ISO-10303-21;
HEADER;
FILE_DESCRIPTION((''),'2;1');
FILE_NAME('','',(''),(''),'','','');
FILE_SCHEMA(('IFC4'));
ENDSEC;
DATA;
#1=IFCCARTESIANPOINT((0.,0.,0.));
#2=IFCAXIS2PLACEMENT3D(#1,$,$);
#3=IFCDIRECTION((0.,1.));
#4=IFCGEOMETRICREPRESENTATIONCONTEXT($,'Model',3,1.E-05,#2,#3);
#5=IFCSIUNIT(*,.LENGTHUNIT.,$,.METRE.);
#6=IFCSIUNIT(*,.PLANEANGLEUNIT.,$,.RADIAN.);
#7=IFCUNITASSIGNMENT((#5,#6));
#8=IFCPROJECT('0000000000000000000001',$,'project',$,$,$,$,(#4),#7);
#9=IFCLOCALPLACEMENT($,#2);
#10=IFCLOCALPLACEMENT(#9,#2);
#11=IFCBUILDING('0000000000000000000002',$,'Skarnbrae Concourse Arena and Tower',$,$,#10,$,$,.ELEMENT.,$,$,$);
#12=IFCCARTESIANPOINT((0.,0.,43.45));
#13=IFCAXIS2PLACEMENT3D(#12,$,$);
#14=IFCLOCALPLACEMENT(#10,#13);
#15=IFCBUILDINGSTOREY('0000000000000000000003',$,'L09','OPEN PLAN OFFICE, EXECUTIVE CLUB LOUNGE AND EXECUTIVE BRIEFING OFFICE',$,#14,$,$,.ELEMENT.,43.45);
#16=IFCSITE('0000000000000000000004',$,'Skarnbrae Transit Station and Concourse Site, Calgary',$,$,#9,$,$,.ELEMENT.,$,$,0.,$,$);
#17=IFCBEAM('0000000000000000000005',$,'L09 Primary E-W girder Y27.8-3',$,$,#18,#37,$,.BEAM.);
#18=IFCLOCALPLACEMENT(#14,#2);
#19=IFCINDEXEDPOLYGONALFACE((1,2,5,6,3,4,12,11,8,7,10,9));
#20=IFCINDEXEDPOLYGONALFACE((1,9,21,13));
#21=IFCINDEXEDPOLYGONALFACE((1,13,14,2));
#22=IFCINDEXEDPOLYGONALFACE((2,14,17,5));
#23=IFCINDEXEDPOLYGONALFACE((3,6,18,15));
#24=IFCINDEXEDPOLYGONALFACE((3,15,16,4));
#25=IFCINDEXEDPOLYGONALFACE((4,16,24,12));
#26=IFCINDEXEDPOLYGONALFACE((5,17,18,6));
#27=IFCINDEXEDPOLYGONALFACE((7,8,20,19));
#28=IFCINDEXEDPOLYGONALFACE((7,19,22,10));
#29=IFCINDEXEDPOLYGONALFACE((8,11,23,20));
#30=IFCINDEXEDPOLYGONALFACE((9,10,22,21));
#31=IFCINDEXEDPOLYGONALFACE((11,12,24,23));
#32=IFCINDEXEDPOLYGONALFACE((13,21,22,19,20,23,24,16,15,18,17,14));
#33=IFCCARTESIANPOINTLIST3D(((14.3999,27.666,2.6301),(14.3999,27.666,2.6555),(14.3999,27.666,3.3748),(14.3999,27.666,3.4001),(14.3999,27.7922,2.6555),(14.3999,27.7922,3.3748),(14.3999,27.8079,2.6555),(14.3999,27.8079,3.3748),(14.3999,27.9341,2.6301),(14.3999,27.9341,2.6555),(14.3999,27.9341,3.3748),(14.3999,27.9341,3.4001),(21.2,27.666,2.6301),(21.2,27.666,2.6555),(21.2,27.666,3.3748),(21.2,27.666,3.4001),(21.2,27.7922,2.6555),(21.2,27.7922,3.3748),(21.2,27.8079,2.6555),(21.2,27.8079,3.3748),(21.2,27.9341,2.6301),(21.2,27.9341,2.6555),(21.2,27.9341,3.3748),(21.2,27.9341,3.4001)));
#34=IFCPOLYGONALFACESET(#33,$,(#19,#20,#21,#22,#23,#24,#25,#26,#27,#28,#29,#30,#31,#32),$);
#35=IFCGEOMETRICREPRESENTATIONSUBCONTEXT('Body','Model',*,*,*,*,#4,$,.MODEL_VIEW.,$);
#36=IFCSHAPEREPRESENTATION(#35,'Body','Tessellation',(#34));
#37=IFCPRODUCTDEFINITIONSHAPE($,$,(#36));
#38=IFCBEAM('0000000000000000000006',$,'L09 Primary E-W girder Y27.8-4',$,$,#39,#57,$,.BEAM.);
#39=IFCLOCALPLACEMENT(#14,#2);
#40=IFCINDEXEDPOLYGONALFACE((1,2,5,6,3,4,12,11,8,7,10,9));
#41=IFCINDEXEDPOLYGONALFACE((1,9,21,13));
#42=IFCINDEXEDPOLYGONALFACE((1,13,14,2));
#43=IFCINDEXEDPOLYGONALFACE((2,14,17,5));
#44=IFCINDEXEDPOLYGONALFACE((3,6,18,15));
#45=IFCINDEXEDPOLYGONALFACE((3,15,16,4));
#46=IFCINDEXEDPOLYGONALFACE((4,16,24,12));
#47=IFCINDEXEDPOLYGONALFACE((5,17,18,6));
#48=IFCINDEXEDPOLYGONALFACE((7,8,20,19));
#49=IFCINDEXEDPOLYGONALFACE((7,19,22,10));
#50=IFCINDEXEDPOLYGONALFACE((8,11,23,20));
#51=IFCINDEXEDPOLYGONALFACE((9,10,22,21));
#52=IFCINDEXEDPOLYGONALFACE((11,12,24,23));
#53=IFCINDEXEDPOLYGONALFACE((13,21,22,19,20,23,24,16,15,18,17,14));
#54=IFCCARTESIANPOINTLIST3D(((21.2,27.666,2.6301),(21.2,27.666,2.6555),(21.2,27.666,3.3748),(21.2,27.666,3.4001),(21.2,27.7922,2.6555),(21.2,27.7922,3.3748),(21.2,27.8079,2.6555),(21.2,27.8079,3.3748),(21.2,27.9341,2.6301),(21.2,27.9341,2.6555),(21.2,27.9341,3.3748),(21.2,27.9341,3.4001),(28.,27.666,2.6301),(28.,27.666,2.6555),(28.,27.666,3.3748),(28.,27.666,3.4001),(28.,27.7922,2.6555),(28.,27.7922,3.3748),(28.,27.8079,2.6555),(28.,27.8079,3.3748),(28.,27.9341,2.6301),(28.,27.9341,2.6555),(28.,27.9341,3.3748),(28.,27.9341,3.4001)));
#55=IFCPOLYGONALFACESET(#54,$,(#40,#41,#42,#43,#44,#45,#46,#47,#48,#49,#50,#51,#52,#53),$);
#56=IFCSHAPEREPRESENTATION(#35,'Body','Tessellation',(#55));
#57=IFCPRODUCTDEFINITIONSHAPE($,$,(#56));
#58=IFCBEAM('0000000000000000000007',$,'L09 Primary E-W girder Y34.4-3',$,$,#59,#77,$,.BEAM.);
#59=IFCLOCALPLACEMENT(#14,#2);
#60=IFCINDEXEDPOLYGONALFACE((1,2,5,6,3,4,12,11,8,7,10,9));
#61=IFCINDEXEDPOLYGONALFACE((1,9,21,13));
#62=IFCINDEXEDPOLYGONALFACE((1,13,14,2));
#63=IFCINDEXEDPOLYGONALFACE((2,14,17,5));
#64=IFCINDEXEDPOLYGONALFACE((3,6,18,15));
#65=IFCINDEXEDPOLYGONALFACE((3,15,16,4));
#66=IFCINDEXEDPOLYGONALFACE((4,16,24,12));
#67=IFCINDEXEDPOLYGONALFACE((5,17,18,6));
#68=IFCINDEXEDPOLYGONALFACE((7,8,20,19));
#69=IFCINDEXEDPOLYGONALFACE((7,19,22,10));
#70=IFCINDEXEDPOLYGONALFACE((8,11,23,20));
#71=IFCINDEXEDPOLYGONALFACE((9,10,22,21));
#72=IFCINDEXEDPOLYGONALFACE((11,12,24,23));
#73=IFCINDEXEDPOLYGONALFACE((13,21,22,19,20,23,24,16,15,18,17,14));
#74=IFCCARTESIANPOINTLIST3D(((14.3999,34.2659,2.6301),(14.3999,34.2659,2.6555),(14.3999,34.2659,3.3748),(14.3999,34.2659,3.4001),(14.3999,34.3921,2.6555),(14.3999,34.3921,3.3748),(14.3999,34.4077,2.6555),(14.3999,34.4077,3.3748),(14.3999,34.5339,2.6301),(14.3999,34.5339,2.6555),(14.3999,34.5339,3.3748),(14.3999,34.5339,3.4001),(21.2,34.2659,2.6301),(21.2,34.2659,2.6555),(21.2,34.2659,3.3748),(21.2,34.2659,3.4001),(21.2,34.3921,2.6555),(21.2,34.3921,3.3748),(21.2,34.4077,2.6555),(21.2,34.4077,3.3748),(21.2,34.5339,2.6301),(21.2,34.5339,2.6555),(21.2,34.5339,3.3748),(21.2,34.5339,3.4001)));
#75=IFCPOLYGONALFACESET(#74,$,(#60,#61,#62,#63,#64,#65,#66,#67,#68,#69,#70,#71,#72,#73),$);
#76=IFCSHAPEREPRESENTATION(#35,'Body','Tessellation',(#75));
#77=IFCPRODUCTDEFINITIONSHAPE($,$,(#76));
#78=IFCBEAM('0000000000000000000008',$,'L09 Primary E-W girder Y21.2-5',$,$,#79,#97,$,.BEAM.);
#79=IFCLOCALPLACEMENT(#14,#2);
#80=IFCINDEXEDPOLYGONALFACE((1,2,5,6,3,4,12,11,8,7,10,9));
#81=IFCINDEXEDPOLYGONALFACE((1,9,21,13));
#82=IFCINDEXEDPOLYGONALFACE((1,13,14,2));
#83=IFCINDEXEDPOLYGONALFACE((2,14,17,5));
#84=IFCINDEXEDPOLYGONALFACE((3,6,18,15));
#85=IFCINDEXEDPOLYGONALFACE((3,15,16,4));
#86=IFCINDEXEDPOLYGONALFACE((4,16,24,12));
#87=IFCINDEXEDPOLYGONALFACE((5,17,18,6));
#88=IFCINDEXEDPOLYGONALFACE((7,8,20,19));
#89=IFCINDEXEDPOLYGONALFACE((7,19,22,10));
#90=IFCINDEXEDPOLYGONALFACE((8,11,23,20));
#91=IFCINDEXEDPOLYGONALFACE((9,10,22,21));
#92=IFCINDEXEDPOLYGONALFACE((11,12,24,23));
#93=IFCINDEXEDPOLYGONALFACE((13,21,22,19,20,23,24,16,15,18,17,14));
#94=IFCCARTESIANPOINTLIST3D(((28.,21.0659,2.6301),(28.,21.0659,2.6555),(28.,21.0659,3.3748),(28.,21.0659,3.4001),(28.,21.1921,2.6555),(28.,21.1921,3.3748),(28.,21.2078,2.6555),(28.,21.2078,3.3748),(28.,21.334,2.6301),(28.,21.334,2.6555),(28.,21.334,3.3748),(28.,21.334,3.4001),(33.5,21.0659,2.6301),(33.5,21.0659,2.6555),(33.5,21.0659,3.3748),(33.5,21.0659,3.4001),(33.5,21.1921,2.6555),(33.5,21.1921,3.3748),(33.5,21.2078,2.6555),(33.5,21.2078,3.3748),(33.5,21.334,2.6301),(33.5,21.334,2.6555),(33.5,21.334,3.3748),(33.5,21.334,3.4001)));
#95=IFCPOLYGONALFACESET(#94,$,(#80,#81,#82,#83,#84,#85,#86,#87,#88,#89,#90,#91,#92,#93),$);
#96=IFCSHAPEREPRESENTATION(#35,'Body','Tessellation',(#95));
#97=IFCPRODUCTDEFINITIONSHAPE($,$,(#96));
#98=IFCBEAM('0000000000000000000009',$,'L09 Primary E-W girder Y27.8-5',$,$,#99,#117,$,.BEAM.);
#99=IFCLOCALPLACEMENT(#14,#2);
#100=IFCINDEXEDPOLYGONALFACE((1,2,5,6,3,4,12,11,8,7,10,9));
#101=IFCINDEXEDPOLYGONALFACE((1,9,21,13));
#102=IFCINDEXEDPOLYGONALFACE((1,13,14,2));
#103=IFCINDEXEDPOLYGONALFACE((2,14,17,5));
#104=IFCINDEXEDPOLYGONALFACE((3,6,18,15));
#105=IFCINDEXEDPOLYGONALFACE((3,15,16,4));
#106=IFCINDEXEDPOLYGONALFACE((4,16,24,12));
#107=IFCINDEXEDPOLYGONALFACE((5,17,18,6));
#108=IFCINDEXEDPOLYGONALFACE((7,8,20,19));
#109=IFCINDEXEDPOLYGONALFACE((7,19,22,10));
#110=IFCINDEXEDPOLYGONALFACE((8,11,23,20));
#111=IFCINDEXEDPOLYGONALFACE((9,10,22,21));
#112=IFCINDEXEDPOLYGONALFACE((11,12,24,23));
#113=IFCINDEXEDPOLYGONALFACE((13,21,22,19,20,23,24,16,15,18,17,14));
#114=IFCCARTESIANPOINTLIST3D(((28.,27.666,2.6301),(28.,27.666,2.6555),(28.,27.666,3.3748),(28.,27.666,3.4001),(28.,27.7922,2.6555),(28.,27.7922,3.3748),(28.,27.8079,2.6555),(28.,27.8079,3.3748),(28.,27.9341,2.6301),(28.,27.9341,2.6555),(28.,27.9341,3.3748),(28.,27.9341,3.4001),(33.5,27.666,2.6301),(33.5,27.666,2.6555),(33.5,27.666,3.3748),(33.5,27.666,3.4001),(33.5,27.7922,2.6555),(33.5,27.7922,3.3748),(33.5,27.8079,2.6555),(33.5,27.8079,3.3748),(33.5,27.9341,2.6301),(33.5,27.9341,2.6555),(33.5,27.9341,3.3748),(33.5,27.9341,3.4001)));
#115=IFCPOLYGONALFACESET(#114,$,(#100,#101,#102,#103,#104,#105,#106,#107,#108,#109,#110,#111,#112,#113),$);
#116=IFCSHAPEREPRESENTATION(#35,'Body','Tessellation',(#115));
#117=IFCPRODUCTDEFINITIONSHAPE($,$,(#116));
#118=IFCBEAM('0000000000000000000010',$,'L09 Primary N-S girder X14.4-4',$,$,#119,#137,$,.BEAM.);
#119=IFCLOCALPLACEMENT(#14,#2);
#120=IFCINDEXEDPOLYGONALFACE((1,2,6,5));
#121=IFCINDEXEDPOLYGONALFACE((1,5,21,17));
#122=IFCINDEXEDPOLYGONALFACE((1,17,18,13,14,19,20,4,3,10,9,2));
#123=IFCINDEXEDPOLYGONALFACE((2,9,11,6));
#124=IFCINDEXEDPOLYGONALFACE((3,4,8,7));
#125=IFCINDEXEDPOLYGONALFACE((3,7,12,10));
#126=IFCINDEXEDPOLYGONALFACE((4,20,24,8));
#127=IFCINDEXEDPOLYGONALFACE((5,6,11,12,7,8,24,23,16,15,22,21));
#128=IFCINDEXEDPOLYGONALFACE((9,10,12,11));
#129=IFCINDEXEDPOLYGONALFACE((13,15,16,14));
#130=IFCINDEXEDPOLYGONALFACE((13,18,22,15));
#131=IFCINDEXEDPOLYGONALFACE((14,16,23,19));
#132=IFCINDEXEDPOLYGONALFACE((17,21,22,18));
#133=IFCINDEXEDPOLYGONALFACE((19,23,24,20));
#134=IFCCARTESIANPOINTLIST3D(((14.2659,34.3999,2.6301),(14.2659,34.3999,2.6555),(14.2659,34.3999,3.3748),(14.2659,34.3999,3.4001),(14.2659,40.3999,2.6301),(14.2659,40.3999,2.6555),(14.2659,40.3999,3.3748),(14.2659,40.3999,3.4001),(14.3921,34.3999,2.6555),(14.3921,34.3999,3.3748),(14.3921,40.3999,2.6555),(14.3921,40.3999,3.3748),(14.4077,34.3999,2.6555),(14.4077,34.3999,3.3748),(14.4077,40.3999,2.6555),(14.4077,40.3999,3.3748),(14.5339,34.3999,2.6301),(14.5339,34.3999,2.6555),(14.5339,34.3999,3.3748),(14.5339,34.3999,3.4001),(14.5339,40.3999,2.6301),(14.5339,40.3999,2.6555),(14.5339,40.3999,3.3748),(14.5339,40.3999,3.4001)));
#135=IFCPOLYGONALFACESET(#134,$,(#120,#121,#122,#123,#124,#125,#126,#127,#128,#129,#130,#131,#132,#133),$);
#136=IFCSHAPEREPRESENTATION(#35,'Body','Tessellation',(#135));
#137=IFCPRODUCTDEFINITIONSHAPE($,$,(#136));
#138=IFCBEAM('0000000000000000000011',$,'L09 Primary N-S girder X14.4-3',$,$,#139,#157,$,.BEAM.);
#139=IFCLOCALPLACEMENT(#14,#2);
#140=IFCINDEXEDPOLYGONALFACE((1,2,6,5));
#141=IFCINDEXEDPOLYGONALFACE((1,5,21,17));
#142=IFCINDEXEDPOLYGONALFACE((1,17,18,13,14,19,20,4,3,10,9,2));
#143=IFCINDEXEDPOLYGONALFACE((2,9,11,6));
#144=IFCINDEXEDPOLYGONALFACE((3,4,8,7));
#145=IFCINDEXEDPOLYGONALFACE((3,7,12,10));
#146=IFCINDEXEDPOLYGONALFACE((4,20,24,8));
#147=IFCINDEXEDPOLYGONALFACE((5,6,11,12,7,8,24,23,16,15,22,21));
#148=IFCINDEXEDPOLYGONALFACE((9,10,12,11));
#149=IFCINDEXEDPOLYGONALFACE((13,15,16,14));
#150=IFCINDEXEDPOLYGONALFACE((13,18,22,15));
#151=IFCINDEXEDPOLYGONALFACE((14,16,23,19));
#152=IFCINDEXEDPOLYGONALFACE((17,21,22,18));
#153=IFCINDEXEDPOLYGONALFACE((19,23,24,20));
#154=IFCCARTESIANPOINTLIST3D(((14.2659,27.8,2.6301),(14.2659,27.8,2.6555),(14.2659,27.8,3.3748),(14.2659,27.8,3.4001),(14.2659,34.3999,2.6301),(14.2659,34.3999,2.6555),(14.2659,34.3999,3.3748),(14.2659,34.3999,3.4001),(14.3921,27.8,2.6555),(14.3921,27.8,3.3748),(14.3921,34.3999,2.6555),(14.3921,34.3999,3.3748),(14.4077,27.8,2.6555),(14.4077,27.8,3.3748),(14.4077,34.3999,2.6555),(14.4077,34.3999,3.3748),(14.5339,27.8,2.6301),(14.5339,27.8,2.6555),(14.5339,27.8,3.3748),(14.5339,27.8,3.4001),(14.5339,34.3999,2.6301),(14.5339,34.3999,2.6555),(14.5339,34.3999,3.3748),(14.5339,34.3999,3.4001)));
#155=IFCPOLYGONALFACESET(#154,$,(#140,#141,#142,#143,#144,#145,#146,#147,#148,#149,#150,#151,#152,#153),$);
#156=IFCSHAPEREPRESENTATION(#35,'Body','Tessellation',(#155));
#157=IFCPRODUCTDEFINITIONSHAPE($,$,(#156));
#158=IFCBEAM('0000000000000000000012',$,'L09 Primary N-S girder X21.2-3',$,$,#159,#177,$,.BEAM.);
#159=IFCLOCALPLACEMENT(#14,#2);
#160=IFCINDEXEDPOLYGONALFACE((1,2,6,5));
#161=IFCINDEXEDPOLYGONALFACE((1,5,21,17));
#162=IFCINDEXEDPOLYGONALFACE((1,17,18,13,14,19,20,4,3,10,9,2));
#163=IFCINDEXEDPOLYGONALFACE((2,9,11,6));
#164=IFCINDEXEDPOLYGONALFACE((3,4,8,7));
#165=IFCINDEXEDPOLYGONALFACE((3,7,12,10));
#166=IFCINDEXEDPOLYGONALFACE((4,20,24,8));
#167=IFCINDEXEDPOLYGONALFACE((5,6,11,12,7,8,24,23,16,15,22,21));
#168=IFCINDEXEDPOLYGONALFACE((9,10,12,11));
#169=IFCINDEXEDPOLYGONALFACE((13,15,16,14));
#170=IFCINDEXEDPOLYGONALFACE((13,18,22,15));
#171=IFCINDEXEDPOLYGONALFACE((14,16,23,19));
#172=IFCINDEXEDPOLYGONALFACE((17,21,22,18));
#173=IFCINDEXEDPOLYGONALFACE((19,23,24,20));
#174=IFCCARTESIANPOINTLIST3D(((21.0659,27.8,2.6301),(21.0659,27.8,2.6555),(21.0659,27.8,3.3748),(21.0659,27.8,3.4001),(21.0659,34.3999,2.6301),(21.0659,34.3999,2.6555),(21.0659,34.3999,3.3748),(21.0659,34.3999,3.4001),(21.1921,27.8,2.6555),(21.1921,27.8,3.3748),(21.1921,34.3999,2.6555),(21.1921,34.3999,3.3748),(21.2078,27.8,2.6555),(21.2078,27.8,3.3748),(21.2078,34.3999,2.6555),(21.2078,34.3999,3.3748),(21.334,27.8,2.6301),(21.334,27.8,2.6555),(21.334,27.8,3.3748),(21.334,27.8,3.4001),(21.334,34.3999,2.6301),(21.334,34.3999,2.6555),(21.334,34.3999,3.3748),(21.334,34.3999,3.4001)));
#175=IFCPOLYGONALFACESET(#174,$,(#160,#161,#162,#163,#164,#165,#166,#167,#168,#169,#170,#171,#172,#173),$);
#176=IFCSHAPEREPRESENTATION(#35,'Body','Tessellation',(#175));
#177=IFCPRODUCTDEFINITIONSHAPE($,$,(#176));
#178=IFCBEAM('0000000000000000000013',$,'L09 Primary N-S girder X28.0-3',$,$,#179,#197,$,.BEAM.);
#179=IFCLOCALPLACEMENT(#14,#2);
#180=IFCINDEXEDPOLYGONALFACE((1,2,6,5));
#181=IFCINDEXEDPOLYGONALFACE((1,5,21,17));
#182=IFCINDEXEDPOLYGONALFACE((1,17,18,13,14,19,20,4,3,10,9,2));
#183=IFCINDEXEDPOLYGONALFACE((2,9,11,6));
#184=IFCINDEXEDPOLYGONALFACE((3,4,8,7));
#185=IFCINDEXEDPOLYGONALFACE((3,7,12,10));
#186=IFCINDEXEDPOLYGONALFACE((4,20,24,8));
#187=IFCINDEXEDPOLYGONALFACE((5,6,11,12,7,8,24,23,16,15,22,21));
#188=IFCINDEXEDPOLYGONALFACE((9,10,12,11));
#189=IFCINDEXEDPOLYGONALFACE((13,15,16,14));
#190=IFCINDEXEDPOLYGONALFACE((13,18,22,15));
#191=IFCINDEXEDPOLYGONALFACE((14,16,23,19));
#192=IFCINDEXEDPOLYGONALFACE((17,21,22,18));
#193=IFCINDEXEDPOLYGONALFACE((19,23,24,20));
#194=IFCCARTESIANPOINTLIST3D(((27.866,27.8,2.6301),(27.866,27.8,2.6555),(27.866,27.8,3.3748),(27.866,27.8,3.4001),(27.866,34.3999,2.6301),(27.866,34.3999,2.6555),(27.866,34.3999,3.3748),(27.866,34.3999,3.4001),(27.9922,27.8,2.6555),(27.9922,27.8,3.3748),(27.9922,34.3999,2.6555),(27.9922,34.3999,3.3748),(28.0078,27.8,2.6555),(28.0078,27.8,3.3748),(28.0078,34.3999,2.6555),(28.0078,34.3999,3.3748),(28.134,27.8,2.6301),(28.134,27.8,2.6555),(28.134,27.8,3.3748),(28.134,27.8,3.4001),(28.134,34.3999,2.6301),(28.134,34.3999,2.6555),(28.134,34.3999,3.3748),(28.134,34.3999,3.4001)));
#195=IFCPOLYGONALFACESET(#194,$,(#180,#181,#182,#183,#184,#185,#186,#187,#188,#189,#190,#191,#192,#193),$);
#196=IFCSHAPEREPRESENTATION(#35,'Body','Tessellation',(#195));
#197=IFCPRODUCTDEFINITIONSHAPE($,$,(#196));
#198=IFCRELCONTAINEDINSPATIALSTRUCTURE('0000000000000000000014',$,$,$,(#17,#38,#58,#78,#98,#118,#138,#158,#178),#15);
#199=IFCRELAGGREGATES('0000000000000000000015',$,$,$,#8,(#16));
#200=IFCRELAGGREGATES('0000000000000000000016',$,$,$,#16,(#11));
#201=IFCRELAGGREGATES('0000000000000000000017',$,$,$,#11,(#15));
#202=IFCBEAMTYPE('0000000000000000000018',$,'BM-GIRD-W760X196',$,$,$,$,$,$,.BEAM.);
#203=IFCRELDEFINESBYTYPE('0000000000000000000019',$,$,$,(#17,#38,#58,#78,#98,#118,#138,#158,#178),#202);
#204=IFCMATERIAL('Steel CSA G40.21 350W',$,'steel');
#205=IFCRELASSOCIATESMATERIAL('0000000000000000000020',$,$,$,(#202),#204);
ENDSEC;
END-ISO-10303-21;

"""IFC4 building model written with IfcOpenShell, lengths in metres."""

from ifc_helpers import new_model, si_unit, direction, frame, origin, origin_2d, place, context, subcontext, project, spatial, i_section, extrude, source, transform, mapped, material, material_profile, profile_set, type_object, element, save


model = new_model("IFC4")

# Units and contexts
model_context = context("Model", 3, precision=1e-05, world=origin(), true_north=direction((0.0, 1.0)))
body_context = subcontext(model_context, "Body", "Model", "MODEL_VIEW")
ifc_project = project(units=[si_unit("LENGTHUNIT", "METRE"), si_unit("PLANEANGLEUNIT", "RADIAN")], contexts=[model_context])

# Site, building, storey
site_placement = place(None, origin())
site = spatial("IfcSite", under=ifc_project, at=site_placement, Name="Skarnbrae Transit Station and Concourse Site, Calgary", CompositionType="ELEMENT", RefElevation=0.0)
building_placement = place(site_placement, origin())
building = spatial("IfcBuilding", under=site, at=building_placement, Name="Skarnbrae Concourse Arena and Tower", CompositionType="ELEMENT")
storey_placement = place(building_placement, frame((0.0, 0.0, 43.45)))
storey = spatial("IfcBuildingStorey", under=building, at=storey_placement, Name="L09", Description="OPEN PLAN OFFICE, EXECUTIVE CLUB LOUNGE AND EXECUTIVE BRIEFING OFFICE", CompositionType="ELEMENT", Elevation=43.45)

# Shared definitions
ifc_material = material(Name="Steel CSA G40.21 350W", Category="steel")

# Beams
ifc_material_profile_1 = material_profile(ifc_material, i_section(OverallWidth=0.2681, OverallDepth=0.77, WebThickness=0.0156, FlangeThickness=0.0254, at=origin_2d()), Name="W760X196")
ifc_profile_set_1 = profile_set([ifc_material_profile_1], Name="Steel CSA G40.21 350W")
beam_type_1 = type_object("IfcBeamType", Name="BM-GIRD-W760X196", PredefinedType="BEAM", material=ifc_profile_set_1)
shared_shape_1 = source(origin(), body_context, "Body", "SweptSolid", [
    extrude(i_section(OverallWidth=0.2681, OverallDepth=0.77, WebThickness=0.0156, FlangeThickness=0.0254, at=origin_2d()), origin(), (0.0, 0.0, 1.0), 6.8),
])
for number, where, z_axis, x_axis, name in (
    (1, (14.3999, 27.8, 3.0151), (1.0, 0.0, 0.0), (0.0, 1.0, 0.0), "L09 Primary E-W girder Y27.8-3"),
    (2, (21.2, 27.8, 3.0151), (1.0, 0.0, 0.0), (0.0, 1.0, 0.0), "L09 Primary E-W girder Y27.8-4"),
    (3, (14.3999, 34.3999, 3.0151), (1.0, 0.0, 0.0), (0.0, 1.0, 0.0), "L09 Primary E-W girder Y34.4-3"),
):
    element("IfcBeam", number, at=place(storey_placement, frame(where, z_axis=z_axis, x_axis=x_axis)), inside=storey, type_object=beam_type_1, Name=name, PredefinedType="BEAM", context=body_context, shape_type="MappedRepresentation", body=[
        mapped(shared_shape_1, transform((0.0, 0.0, 0.0))),
    ])
shared_shape_2 = source(origin(), body_context, "Body", "SweptSolid", [
    extrude(i_section(OverallWidth=0.2681, OverallDepth=0.77, WebThickness=0.0156, FlangeThickness=0.0254, at=origin_2d()), origin(), (0.0, 0.0, 1.0), 5.5),
])
for number, where, z_axis, x_axis, name in (
    (4, (28.0, 21.2, 3.0151), (1.0, 0.0, 0.0), (0.0, 1.0, 0.0), "L09 Primary E-W girder Y21.2-5"),
    (5, (28.0, 27.8, 3.0151), (1.0, 0.0, 0.0), (0.0, 1.0, 0.0), "L09 Primary E-W girder Y27.8-5"),
):
    element("IfcBeam", number, at=place(storey_placement, frame(where, z_axis=z_axis, x_axis=x_axis)), inside=storey, type_object=beam_type_1, Name=name, PredefinedType="BEAM", context=body_context, shape_type="MappedRepresentation", body=[
        mapped(shared_shape_2, transform((0.0, 0.0, 0.0))),
    ])
shared_shape_3 = source(origin(), body_context, "Body", "SweptSolid", [
    extrude(i_section(OverallWidth=0.2681, OverallDepth=0.77, WebThickness=0.0156, FlangeThickness=0.0254, at=origin_2d()), origin(), (0.0, 0.0, 1.0), 6.0),
])
beam_placement = place(storey_placement, frame((14.3999, 34.3999, 3.0151), z_axis=(0.0, 1.0, 0.0), x_axis=(-1.0, 0.0, 0.0)))
element("IfcBeam", 6, at=beam_placement, inside=storey, type_object=beam_type_1, Name="L09 Primary N-S girder X14.4-4", PredefinedType="BEAM", context=body_context, shape_type="MappedRepresentation", body=[
    mapped(shared_shape_3, transform((0.0, 0.0, 0.0))),
])
shared_shape_4 = source(origin(), body_context, "Body", "SweptSolid", [
    extrude(i_section(OverallWidth=0.2681, OverallDepth=0.77, WebThickness=0.0156, FlangeThickness=0.0254, at=origin_2d()), origin(), (0.0, 0.0, 1.0), 6.5999),
])
for number, where, z_axis, x_axis, name in (
    (7, (14.3999, 27.8, 3.0151), (0.0, 1.0, 0.0), (-1.0, 0.0, 0.0), "L09 Primary N-S girder X14.4-3"),
    (8, (21.2, 27.8, 3.0151), (0.0, 1.0, 0.0), (-1.0, 0.0, 0.0), "L09 Primary N-S girder X21.2-3"),
    (9, (28.0, 27.8, 3.0151), (0.0, 1.0, 0.0), (-1.0, 0.0, 0.0), "L09 Primary N-S girder X28.0-3"),
):
    element("IfcBeam", number, at=place(storey_placement, frame(where, z_axis=z_axis, x_axis=x_axis)), inside=storey, type_object=beam_type_1, Name=name, PredefinedType="BEAM", context=body_context, shape_type="MappedRepresentation", body=[
        mapped(shared_shape_4, transform((0.0, 0.0, 0.0))),
    ])

save(model, "model.ifc")
